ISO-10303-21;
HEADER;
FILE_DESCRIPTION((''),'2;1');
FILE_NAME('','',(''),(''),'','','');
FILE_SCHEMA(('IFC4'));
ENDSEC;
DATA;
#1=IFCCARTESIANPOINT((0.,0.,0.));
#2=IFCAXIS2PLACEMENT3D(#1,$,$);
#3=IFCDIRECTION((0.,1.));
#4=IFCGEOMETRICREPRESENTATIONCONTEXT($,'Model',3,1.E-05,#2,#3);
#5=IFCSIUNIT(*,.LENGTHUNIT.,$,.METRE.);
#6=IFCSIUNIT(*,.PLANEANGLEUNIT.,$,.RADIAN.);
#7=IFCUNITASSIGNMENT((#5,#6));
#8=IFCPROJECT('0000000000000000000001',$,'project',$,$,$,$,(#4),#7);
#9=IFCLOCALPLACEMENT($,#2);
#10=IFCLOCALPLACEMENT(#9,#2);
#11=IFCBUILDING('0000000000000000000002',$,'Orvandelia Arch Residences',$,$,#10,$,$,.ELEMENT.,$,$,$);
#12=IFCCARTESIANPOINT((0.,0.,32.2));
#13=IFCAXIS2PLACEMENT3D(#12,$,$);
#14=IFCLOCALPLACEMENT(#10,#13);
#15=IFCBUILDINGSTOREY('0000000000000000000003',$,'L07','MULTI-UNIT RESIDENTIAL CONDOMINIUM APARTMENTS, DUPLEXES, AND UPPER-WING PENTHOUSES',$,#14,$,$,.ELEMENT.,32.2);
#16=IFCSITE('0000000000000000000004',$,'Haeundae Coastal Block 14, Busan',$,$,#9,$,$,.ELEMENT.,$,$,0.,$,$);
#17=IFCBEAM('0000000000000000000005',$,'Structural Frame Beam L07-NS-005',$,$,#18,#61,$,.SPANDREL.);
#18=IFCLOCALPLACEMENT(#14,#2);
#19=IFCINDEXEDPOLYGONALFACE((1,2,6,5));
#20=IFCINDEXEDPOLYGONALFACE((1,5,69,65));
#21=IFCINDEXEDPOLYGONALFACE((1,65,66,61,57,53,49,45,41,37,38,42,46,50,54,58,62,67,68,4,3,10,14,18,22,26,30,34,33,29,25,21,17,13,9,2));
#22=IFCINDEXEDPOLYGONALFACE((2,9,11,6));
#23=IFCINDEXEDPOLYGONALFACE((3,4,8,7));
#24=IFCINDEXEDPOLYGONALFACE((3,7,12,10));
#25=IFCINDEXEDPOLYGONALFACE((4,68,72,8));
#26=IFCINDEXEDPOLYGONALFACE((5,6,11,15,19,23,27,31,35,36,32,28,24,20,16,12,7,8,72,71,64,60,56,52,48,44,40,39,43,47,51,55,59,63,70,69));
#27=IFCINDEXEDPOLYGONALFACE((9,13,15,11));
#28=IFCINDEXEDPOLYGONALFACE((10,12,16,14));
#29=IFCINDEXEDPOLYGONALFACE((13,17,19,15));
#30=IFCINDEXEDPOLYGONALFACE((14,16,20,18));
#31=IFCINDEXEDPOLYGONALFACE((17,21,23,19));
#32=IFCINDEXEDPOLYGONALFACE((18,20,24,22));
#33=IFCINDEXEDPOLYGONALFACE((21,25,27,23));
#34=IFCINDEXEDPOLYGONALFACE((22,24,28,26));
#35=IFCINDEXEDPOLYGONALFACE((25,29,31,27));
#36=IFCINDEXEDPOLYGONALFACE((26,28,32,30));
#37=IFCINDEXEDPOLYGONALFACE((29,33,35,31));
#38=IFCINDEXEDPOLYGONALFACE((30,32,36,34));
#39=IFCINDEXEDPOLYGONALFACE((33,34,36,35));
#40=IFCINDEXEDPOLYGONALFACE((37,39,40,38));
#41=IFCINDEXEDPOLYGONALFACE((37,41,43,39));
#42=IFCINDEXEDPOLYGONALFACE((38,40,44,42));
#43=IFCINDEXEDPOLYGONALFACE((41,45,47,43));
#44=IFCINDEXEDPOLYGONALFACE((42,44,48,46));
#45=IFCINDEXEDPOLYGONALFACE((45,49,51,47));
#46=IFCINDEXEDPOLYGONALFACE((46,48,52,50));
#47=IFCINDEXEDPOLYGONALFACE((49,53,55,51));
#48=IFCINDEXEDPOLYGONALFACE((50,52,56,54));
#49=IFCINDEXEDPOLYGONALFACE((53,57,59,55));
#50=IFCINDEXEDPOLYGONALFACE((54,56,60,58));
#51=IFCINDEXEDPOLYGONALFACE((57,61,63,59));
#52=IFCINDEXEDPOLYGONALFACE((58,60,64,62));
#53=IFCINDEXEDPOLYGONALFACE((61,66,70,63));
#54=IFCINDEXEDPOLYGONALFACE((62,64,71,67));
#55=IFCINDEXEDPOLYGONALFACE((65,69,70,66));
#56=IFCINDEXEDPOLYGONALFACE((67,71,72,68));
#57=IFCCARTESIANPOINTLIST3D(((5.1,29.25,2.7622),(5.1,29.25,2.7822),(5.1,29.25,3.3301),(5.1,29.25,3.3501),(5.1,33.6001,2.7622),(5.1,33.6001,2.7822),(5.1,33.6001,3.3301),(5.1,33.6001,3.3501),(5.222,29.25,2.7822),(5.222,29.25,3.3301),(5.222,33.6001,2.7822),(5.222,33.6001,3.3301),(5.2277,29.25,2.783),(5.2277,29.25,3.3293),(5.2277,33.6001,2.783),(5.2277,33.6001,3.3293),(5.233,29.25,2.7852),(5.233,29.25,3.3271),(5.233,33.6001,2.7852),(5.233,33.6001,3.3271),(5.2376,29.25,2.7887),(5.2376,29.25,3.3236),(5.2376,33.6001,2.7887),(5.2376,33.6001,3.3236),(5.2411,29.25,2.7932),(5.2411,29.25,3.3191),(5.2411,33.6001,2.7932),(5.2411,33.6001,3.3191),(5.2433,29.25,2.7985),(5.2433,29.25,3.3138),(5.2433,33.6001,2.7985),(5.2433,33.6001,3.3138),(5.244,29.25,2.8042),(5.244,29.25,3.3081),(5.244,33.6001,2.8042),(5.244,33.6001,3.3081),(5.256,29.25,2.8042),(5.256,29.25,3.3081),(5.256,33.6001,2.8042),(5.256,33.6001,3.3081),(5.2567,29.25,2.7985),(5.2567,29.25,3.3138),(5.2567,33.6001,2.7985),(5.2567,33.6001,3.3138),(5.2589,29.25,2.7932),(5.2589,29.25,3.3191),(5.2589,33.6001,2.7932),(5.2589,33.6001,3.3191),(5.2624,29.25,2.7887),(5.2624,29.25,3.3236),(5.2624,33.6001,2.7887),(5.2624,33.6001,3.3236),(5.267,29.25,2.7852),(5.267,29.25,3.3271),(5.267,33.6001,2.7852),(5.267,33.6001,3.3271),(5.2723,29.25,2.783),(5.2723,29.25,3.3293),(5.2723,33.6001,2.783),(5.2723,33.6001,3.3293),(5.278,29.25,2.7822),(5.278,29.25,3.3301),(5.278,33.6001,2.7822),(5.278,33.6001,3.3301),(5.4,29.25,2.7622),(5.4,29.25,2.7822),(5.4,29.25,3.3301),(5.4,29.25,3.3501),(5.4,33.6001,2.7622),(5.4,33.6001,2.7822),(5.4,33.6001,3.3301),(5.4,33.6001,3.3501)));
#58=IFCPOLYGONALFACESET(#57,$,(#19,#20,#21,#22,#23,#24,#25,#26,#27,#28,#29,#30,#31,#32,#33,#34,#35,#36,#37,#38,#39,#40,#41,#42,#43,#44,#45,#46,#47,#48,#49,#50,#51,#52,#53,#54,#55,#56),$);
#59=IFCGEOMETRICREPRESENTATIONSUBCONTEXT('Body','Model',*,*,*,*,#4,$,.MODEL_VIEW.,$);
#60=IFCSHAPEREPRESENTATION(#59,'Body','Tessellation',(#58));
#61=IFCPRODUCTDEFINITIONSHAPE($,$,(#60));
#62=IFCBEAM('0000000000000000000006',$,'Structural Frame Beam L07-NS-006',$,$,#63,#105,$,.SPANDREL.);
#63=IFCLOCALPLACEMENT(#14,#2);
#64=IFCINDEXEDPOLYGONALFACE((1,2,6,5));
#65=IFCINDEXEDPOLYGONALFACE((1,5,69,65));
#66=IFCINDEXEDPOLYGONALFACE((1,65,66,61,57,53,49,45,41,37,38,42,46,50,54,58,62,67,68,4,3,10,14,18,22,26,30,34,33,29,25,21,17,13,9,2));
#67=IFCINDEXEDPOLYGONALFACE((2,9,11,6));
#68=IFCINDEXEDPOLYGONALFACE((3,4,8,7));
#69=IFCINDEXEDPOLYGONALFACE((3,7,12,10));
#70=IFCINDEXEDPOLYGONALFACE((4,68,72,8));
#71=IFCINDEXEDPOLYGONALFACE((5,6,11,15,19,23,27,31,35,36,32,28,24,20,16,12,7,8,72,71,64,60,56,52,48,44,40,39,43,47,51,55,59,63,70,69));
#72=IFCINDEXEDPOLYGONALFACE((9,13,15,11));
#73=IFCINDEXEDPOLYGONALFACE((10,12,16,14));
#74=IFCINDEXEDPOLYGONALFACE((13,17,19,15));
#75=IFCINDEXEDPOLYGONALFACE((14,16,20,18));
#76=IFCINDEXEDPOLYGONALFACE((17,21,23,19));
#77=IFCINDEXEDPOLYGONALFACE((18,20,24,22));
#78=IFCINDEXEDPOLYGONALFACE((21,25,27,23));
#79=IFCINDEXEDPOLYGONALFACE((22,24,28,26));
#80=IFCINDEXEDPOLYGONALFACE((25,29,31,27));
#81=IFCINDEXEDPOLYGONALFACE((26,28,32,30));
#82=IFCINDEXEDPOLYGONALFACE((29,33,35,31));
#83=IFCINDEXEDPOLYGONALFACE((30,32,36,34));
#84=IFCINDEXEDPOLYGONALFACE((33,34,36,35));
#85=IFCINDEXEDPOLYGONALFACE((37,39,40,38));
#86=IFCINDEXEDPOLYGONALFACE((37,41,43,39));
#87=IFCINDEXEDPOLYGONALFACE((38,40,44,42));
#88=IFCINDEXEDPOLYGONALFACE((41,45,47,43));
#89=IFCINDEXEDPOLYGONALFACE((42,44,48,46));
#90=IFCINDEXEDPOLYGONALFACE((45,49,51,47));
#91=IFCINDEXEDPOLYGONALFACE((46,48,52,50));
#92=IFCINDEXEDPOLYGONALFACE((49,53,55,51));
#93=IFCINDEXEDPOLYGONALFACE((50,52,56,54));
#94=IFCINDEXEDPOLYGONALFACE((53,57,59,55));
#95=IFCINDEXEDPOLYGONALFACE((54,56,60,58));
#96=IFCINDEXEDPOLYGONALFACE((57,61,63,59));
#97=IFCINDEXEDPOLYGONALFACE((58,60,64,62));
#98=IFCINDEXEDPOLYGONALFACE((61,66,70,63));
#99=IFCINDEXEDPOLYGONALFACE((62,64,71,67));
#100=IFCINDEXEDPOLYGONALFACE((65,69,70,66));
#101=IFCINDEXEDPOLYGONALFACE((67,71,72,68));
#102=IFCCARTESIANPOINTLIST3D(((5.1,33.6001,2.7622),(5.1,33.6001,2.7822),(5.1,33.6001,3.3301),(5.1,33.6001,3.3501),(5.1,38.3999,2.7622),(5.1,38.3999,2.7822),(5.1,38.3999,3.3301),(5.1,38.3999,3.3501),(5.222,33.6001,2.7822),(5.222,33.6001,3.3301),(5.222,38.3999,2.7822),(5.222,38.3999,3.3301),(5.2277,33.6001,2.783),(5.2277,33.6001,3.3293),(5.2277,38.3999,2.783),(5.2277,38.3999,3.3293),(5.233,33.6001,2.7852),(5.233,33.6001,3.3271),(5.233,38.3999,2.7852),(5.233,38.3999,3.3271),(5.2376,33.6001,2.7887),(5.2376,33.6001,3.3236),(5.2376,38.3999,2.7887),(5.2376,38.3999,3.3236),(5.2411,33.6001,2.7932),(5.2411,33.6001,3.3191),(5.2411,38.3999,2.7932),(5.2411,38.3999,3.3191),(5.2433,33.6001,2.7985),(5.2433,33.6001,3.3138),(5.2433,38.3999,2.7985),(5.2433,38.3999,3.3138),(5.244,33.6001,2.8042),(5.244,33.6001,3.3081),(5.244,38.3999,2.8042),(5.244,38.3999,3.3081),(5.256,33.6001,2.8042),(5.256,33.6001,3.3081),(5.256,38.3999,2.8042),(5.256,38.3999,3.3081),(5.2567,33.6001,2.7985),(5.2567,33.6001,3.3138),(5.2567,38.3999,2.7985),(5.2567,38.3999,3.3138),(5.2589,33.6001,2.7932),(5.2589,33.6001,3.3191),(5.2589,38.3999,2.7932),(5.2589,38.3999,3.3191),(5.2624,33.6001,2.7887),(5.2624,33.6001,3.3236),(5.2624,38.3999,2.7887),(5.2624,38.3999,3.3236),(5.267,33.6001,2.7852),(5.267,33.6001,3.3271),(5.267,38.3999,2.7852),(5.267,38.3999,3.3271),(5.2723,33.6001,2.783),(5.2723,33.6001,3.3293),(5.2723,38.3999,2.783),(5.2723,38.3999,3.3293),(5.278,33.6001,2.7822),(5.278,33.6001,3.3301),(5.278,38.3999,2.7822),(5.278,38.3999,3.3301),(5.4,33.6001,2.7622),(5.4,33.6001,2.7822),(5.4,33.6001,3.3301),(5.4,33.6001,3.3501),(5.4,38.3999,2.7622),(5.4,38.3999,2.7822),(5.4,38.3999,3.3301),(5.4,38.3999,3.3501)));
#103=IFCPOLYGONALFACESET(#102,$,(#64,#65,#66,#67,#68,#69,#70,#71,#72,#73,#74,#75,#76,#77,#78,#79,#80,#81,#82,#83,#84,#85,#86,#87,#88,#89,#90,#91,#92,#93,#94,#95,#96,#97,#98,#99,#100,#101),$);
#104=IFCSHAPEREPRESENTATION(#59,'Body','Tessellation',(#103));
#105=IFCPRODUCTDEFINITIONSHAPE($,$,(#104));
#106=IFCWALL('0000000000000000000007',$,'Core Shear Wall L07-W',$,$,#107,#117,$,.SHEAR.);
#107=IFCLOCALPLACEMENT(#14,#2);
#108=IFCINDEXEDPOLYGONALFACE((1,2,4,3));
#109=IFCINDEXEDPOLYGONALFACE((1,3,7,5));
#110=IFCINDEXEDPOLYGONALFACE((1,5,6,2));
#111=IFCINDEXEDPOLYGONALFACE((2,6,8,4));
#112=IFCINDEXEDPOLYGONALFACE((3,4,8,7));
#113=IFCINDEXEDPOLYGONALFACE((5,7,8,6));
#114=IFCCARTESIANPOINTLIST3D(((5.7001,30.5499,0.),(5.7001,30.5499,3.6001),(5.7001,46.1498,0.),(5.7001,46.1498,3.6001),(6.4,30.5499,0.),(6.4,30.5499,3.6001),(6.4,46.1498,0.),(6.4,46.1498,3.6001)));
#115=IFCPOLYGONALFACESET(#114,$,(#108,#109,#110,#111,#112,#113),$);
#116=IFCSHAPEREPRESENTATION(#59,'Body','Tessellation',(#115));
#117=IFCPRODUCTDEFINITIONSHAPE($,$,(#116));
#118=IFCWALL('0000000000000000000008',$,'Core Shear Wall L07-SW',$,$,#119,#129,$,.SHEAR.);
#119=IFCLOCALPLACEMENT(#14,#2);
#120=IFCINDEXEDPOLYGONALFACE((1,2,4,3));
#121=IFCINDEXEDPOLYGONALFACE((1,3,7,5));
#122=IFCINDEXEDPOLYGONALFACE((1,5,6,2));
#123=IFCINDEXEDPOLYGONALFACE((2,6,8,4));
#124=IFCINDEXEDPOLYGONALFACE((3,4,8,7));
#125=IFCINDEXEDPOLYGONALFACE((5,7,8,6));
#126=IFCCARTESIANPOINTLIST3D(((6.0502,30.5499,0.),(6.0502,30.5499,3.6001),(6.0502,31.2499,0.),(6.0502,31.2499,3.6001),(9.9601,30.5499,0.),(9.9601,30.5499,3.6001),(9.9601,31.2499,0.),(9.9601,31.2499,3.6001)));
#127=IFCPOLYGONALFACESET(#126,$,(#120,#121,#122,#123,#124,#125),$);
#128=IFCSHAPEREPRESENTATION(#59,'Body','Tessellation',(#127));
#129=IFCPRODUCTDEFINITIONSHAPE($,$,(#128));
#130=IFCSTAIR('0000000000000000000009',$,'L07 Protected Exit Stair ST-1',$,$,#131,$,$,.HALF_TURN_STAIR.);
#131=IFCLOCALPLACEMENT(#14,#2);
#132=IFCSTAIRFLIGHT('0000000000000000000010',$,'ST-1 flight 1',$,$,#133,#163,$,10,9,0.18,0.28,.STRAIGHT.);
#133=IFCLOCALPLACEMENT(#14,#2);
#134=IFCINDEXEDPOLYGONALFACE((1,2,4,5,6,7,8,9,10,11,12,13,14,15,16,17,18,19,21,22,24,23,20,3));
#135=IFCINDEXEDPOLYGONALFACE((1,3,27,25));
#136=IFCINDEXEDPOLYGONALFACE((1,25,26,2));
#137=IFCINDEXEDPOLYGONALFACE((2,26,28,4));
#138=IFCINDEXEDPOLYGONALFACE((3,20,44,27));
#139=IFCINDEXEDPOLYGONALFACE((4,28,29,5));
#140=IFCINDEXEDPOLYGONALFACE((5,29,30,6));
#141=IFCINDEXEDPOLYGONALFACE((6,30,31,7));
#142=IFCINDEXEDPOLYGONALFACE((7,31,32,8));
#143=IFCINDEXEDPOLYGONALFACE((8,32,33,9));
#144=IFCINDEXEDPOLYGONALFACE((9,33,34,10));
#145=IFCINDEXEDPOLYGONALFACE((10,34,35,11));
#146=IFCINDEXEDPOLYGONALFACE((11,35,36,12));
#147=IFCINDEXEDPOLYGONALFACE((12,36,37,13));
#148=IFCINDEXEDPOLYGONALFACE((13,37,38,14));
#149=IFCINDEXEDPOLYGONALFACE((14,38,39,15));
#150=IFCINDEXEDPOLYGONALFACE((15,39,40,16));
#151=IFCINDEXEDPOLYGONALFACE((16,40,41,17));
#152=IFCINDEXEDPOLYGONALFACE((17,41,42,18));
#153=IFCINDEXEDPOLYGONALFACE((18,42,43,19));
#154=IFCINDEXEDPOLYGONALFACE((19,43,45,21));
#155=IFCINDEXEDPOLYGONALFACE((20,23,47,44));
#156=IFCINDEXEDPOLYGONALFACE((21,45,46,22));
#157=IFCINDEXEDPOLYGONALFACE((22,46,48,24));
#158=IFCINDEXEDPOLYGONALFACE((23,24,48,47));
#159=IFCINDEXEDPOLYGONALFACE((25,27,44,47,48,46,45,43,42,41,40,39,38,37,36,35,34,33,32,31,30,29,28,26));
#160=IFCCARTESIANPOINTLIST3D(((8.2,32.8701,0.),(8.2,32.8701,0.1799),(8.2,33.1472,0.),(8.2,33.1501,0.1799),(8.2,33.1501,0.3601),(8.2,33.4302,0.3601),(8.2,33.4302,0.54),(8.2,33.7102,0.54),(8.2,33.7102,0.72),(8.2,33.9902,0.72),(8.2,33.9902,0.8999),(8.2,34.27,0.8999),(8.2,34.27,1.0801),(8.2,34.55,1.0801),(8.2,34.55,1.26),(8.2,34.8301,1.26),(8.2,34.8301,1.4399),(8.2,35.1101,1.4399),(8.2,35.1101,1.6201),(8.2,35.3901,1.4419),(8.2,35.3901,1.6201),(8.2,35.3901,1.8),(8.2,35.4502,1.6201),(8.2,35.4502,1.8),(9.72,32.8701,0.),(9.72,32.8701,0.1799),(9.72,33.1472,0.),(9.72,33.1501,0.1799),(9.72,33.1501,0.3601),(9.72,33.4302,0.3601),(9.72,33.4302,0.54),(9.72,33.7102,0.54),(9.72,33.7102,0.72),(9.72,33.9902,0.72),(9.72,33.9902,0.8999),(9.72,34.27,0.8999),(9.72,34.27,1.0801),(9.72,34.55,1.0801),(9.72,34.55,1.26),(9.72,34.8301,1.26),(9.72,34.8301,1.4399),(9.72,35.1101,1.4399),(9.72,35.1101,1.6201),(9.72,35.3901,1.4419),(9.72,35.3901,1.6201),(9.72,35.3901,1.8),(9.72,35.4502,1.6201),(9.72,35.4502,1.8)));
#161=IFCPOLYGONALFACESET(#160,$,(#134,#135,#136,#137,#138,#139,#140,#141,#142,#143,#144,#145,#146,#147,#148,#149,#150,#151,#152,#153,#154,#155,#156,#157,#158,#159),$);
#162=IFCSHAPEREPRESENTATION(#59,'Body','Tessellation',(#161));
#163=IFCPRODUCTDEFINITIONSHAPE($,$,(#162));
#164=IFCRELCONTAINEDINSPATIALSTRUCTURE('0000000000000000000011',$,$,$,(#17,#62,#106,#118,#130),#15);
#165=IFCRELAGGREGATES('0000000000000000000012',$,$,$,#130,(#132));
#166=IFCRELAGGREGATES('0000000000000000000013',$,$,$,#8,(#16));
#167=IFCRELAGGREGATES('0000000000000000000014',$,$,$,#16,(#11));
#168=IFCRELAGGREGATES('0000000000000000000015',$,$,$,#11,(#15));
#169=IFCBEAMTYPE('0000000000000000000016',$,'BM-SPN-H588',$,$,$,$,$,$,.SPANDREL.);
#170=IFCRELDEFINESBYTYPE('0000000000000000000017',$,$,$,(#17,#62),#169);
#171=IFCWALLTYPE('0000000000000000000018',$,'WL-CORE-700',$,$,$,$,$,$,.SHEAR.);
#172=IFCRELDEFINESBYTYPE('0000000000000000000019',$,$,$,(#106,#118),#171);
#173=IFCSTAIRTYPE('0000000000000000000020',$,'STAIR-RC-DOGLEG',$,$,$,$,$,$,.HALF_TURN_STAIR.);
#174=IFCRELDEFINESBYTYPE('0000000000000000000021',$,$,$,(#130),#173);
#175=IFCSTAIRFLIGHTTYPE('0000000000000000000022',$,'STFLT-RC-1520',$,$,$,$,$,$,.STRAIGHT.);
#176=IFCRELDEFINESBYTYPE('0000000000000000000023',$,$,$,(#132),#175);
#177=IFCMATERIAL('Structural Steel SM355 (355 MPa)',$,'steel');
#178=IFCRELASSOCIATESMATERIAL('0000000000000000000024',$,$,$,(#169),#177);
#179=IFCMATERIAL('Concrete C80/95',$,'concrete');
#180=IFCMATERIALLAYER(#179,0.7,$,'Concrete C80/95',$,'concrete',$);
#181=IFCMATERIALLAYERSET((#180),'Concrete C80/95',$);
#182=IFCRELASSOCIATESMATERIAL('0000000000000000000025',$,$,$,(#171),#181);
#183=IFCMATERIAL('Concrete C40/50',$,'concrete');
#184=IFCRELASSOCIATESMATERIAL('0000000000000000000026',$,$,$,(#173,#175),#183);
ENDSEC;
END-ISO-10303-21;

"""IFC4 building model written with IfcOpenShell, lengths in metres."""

from ifc_helpers import new_model, si_unit, direction, frame, frame_2d, origin, origin_2d, place, context, subcontext, project, spatial, polyline, rectangle, i_section, outline, extrude, material, layer, layer_set, material_profile, profile_set, type_object, element, aggregate, save


model = new_model("IFC4")

# Units and contexts
model_context = context("Model", 3, precision=1e-05, world=origin(), true_north=direction((0.0, 1.0)))
body_context = subcontext(model_context, "Body", "Model", "MODEL_VIEW")
ifc_project = project(units=[si_unit("LENGTHUNIT", "METRE"), si_unit("PLANEANGLEUNIT", "RADIAN")], contexts=[model_context])

# Site, building, storey
site_placement = place(None, origin())
site = spatial("IfcSite", under=ifc_project, at=site_placement, Name="Haeundae Coastal Block 14, Busan", CompositionType="ELEMENT", RefElevation=0.0)
building_placement = place(site_placement, origin())
building = spatial("IfcBuilding", under=site, at=building_placement, Name="Orvandelia Arch Residences", CompositionType="ELEMENT")
storey_placement = place(building_placement, frame((0.0, 0.0, 32.2)))
storey = spatial("IfcBuildingStorey", under=building, at=storey_placement, Name="L07", Description="MULTI-UNIT RESIDENTIAL CONDOMINIUM APARTMENTS, DUPLEXES, AND UPPER-WING PENTHOUSES", CompositionType="ELEMENT", Elevation=32.2)

# Shared definitions
ifc_material_1 = material(Name="Concrete C80/95", Category="concrete")

# Beams
ifc_material_2 = material(Name="Structural Steel SM355 (355 MPa)", Category="steel")
ifc_material_profile_1 = material_profile(ifc_material_2, i_section(OverallWidth=0.3, OverallDepth=0.5879, WebThickness=0.012, FlangeThickness=0.02, FilletRadius=0.022, at=origin_2d()), Name="Structural Steel SM355 (355 MPa)", Category="steel")
ifc_profile_set_1 = profile_set([ifc_material_profile_1], Name="Structural Steel SM355 (355 MPa)")
beam_type_1 = type_object("IfcBeamType", Name="BM-SPN-H588", PredefinedType="SPANDREL", material=ifc_profile_set_1)
beam_1_placement = place(storey_placement, frame((5.25, 29.25, 3.0562), z_axis=(0.0, 1.0, 0.0), x_axis=(-1.0, 0.0, 0.0)))
element("IfcBeam", 1, at=beam_1_placement, inside=storey, type_object=beam_type_1, Name="Structural Frame Beam L07-NS-005", PredefinedType="SPANDREL", context=body_context, shape_type="SweptSolid", body=[
    extrude(i_section(OverallWidth=0.3, OverallDepth=0.5879, WebThickness=0.012, FlangeThickness=0.02, FilletRadius=0.022, at=origin_2d()), origin(), (0.0, 0.0, 1.0), 4.3501),
])
beam_2_placement = place(storey_placement, frame((5.25, 33.6001, 3.0562), z_axis=(0.0, 1.0, 0.0), x_axis=(-1.0, 0.0, 0.0)))
element("IfcBeam", 2, at=beam_2_placement, inside=storey, type_object=beam_type_1, Name="Structural Frame Beam L07-NS-006", PredefinedType="SPANDREL", context=body_context, shape_type="SweptSolid", body=[
    extrude(i_section(OverallWidth=0.3, OverallDepth=0.5879, WebThickness=0.012, FlangeThickness=0.02, FilletRadius=0.022, at=origin_2d()), origin(), (0.0, 0.0, 1.0), 4.7998),
])

# Walls
ifc_layer = layer(ifc_material_1, 0.7, Name="Concrete C80/95", Category="concrete")
ifc_layer_set = layer_set([ifc_layer], Name="Concrete C80/95")
wall_type = type_object("IfcWallType", Name="WL-CORE-700", PredefinedType="SHEAR", material=ifc_layer_set)
wall_1_placement = place(storey_placement, frame((6.05, 30.55, 0.0), z_axis=(0.0, 0.0, 1.0), x_axis=(0.0, 1.0, 0.0)))
element("IfcWall", 3, at=wall_1_placement, inside=storey, type_object=wall_type, Name="Core Shear Wall L07-W", PredefinedType="SHEAR", context=body_context, shape_type="SweptSolid", body=[
    extrude(rectangle(XDim=15.5999, YDim=0.7, at=frame_2d((7.7998, 0.0))), origin(), (0.0, 0.0, 1.0), 3.6001),
])
wall_2_placement = place(storey_placement, frame((6.05, 30.8999, 0.0), z_axis=(0.0, 0.0, 1.0), x_axis=(1.0, 0.0, 0.0)))
element("IfcWall", 4, at=wall_2_placement, inside=storey, type_object=wall_type, Name="Core Shear Wall L07-SW", PredefinedType="SHEAR", context=body_context, shape_type="SweptSolid", body=[
    extrude(rectangle(XDim=3.9099, YDim=0.7, at=frame_2d((1.9551, 0.0))), origin(), (0.0, 0.0, 1.0), 3.6001),
])

# Stair, stair flight
ifc_material_3 = material(Name="Concrete C40/50", Category="concrete")
stair_type = type_object("IfcStairType", Name="STAIR-RC-DOGLEG", PredefinedType="HALF_TURN_STAIR", material=ifc_material_3)
stair_placement = place(storey_placement, origin())
stair = element("IfcStair", 5, at=stair_placement, inside=storey, type_object=stair_type, Name="L07 Protected Exit Stair ST-1", PredefinedType="HALF_TURN_STAIR")
stair_flight_type = type_object("IfcStairFlightType", Name="STFLT-RC-1520", PredefinedType="STRAIGHT", material=ifc_material_3)
stair_flight_1_placement = place(storey_placement, frame((8.96, 32.8701, 0.0), z_axis=(0.0, 0.0, 1.0), x_axis=(0.0, 1.0, 0.0)))
stair_flight_1 = element("IfcStairFlight", 6, at=stair_flight_1_placement, type_object=stair_flight_type, Name="ST-1 flight 1", NumberOfRisers=10, NumberOfTreads=9, PredefinedType="STRAIGHT", RiserHeight=0.18, TreadLength=0.28, context=body_context, shape_type="SweptSolid", body=[
    extrude(outline(polyline([(0.0, 0.0), (0.0, 0.1799), (0.28, 0.1799), (0.28, 0.3601), (0.5601, 0.3601), (0.5601, 0.54), (0.8401, 0.54), (0.8401, 0.72), (1.1201, 0.72), (1.1201, 0.8999), (1.3999, 0.8999), (1.3999, 1.0801), (1.6799, 1.0801), (1.6799, 1.26), (1.96, 1.26), (1.96, 1.4399), (2.24, 1.4399), (2.24, 1.6201), (2.52, 1.6201), (2.52, 1.8), (2.5801, 1.8), (2.5801, 1.6201), (2.52, 1.4419), (0.2771, 0.0), (0.0, 0.0)])), frame((0.0, 0.76, 0.0), z_axis=(0.0, -1.0, 0.0), x_axis=(1.0, 0.0, 0.0)), (0.0, 0.0, 1.0), 1.52),
])
aggregate(stair, [stair_flight_1])

save(model, "model.ifc")
